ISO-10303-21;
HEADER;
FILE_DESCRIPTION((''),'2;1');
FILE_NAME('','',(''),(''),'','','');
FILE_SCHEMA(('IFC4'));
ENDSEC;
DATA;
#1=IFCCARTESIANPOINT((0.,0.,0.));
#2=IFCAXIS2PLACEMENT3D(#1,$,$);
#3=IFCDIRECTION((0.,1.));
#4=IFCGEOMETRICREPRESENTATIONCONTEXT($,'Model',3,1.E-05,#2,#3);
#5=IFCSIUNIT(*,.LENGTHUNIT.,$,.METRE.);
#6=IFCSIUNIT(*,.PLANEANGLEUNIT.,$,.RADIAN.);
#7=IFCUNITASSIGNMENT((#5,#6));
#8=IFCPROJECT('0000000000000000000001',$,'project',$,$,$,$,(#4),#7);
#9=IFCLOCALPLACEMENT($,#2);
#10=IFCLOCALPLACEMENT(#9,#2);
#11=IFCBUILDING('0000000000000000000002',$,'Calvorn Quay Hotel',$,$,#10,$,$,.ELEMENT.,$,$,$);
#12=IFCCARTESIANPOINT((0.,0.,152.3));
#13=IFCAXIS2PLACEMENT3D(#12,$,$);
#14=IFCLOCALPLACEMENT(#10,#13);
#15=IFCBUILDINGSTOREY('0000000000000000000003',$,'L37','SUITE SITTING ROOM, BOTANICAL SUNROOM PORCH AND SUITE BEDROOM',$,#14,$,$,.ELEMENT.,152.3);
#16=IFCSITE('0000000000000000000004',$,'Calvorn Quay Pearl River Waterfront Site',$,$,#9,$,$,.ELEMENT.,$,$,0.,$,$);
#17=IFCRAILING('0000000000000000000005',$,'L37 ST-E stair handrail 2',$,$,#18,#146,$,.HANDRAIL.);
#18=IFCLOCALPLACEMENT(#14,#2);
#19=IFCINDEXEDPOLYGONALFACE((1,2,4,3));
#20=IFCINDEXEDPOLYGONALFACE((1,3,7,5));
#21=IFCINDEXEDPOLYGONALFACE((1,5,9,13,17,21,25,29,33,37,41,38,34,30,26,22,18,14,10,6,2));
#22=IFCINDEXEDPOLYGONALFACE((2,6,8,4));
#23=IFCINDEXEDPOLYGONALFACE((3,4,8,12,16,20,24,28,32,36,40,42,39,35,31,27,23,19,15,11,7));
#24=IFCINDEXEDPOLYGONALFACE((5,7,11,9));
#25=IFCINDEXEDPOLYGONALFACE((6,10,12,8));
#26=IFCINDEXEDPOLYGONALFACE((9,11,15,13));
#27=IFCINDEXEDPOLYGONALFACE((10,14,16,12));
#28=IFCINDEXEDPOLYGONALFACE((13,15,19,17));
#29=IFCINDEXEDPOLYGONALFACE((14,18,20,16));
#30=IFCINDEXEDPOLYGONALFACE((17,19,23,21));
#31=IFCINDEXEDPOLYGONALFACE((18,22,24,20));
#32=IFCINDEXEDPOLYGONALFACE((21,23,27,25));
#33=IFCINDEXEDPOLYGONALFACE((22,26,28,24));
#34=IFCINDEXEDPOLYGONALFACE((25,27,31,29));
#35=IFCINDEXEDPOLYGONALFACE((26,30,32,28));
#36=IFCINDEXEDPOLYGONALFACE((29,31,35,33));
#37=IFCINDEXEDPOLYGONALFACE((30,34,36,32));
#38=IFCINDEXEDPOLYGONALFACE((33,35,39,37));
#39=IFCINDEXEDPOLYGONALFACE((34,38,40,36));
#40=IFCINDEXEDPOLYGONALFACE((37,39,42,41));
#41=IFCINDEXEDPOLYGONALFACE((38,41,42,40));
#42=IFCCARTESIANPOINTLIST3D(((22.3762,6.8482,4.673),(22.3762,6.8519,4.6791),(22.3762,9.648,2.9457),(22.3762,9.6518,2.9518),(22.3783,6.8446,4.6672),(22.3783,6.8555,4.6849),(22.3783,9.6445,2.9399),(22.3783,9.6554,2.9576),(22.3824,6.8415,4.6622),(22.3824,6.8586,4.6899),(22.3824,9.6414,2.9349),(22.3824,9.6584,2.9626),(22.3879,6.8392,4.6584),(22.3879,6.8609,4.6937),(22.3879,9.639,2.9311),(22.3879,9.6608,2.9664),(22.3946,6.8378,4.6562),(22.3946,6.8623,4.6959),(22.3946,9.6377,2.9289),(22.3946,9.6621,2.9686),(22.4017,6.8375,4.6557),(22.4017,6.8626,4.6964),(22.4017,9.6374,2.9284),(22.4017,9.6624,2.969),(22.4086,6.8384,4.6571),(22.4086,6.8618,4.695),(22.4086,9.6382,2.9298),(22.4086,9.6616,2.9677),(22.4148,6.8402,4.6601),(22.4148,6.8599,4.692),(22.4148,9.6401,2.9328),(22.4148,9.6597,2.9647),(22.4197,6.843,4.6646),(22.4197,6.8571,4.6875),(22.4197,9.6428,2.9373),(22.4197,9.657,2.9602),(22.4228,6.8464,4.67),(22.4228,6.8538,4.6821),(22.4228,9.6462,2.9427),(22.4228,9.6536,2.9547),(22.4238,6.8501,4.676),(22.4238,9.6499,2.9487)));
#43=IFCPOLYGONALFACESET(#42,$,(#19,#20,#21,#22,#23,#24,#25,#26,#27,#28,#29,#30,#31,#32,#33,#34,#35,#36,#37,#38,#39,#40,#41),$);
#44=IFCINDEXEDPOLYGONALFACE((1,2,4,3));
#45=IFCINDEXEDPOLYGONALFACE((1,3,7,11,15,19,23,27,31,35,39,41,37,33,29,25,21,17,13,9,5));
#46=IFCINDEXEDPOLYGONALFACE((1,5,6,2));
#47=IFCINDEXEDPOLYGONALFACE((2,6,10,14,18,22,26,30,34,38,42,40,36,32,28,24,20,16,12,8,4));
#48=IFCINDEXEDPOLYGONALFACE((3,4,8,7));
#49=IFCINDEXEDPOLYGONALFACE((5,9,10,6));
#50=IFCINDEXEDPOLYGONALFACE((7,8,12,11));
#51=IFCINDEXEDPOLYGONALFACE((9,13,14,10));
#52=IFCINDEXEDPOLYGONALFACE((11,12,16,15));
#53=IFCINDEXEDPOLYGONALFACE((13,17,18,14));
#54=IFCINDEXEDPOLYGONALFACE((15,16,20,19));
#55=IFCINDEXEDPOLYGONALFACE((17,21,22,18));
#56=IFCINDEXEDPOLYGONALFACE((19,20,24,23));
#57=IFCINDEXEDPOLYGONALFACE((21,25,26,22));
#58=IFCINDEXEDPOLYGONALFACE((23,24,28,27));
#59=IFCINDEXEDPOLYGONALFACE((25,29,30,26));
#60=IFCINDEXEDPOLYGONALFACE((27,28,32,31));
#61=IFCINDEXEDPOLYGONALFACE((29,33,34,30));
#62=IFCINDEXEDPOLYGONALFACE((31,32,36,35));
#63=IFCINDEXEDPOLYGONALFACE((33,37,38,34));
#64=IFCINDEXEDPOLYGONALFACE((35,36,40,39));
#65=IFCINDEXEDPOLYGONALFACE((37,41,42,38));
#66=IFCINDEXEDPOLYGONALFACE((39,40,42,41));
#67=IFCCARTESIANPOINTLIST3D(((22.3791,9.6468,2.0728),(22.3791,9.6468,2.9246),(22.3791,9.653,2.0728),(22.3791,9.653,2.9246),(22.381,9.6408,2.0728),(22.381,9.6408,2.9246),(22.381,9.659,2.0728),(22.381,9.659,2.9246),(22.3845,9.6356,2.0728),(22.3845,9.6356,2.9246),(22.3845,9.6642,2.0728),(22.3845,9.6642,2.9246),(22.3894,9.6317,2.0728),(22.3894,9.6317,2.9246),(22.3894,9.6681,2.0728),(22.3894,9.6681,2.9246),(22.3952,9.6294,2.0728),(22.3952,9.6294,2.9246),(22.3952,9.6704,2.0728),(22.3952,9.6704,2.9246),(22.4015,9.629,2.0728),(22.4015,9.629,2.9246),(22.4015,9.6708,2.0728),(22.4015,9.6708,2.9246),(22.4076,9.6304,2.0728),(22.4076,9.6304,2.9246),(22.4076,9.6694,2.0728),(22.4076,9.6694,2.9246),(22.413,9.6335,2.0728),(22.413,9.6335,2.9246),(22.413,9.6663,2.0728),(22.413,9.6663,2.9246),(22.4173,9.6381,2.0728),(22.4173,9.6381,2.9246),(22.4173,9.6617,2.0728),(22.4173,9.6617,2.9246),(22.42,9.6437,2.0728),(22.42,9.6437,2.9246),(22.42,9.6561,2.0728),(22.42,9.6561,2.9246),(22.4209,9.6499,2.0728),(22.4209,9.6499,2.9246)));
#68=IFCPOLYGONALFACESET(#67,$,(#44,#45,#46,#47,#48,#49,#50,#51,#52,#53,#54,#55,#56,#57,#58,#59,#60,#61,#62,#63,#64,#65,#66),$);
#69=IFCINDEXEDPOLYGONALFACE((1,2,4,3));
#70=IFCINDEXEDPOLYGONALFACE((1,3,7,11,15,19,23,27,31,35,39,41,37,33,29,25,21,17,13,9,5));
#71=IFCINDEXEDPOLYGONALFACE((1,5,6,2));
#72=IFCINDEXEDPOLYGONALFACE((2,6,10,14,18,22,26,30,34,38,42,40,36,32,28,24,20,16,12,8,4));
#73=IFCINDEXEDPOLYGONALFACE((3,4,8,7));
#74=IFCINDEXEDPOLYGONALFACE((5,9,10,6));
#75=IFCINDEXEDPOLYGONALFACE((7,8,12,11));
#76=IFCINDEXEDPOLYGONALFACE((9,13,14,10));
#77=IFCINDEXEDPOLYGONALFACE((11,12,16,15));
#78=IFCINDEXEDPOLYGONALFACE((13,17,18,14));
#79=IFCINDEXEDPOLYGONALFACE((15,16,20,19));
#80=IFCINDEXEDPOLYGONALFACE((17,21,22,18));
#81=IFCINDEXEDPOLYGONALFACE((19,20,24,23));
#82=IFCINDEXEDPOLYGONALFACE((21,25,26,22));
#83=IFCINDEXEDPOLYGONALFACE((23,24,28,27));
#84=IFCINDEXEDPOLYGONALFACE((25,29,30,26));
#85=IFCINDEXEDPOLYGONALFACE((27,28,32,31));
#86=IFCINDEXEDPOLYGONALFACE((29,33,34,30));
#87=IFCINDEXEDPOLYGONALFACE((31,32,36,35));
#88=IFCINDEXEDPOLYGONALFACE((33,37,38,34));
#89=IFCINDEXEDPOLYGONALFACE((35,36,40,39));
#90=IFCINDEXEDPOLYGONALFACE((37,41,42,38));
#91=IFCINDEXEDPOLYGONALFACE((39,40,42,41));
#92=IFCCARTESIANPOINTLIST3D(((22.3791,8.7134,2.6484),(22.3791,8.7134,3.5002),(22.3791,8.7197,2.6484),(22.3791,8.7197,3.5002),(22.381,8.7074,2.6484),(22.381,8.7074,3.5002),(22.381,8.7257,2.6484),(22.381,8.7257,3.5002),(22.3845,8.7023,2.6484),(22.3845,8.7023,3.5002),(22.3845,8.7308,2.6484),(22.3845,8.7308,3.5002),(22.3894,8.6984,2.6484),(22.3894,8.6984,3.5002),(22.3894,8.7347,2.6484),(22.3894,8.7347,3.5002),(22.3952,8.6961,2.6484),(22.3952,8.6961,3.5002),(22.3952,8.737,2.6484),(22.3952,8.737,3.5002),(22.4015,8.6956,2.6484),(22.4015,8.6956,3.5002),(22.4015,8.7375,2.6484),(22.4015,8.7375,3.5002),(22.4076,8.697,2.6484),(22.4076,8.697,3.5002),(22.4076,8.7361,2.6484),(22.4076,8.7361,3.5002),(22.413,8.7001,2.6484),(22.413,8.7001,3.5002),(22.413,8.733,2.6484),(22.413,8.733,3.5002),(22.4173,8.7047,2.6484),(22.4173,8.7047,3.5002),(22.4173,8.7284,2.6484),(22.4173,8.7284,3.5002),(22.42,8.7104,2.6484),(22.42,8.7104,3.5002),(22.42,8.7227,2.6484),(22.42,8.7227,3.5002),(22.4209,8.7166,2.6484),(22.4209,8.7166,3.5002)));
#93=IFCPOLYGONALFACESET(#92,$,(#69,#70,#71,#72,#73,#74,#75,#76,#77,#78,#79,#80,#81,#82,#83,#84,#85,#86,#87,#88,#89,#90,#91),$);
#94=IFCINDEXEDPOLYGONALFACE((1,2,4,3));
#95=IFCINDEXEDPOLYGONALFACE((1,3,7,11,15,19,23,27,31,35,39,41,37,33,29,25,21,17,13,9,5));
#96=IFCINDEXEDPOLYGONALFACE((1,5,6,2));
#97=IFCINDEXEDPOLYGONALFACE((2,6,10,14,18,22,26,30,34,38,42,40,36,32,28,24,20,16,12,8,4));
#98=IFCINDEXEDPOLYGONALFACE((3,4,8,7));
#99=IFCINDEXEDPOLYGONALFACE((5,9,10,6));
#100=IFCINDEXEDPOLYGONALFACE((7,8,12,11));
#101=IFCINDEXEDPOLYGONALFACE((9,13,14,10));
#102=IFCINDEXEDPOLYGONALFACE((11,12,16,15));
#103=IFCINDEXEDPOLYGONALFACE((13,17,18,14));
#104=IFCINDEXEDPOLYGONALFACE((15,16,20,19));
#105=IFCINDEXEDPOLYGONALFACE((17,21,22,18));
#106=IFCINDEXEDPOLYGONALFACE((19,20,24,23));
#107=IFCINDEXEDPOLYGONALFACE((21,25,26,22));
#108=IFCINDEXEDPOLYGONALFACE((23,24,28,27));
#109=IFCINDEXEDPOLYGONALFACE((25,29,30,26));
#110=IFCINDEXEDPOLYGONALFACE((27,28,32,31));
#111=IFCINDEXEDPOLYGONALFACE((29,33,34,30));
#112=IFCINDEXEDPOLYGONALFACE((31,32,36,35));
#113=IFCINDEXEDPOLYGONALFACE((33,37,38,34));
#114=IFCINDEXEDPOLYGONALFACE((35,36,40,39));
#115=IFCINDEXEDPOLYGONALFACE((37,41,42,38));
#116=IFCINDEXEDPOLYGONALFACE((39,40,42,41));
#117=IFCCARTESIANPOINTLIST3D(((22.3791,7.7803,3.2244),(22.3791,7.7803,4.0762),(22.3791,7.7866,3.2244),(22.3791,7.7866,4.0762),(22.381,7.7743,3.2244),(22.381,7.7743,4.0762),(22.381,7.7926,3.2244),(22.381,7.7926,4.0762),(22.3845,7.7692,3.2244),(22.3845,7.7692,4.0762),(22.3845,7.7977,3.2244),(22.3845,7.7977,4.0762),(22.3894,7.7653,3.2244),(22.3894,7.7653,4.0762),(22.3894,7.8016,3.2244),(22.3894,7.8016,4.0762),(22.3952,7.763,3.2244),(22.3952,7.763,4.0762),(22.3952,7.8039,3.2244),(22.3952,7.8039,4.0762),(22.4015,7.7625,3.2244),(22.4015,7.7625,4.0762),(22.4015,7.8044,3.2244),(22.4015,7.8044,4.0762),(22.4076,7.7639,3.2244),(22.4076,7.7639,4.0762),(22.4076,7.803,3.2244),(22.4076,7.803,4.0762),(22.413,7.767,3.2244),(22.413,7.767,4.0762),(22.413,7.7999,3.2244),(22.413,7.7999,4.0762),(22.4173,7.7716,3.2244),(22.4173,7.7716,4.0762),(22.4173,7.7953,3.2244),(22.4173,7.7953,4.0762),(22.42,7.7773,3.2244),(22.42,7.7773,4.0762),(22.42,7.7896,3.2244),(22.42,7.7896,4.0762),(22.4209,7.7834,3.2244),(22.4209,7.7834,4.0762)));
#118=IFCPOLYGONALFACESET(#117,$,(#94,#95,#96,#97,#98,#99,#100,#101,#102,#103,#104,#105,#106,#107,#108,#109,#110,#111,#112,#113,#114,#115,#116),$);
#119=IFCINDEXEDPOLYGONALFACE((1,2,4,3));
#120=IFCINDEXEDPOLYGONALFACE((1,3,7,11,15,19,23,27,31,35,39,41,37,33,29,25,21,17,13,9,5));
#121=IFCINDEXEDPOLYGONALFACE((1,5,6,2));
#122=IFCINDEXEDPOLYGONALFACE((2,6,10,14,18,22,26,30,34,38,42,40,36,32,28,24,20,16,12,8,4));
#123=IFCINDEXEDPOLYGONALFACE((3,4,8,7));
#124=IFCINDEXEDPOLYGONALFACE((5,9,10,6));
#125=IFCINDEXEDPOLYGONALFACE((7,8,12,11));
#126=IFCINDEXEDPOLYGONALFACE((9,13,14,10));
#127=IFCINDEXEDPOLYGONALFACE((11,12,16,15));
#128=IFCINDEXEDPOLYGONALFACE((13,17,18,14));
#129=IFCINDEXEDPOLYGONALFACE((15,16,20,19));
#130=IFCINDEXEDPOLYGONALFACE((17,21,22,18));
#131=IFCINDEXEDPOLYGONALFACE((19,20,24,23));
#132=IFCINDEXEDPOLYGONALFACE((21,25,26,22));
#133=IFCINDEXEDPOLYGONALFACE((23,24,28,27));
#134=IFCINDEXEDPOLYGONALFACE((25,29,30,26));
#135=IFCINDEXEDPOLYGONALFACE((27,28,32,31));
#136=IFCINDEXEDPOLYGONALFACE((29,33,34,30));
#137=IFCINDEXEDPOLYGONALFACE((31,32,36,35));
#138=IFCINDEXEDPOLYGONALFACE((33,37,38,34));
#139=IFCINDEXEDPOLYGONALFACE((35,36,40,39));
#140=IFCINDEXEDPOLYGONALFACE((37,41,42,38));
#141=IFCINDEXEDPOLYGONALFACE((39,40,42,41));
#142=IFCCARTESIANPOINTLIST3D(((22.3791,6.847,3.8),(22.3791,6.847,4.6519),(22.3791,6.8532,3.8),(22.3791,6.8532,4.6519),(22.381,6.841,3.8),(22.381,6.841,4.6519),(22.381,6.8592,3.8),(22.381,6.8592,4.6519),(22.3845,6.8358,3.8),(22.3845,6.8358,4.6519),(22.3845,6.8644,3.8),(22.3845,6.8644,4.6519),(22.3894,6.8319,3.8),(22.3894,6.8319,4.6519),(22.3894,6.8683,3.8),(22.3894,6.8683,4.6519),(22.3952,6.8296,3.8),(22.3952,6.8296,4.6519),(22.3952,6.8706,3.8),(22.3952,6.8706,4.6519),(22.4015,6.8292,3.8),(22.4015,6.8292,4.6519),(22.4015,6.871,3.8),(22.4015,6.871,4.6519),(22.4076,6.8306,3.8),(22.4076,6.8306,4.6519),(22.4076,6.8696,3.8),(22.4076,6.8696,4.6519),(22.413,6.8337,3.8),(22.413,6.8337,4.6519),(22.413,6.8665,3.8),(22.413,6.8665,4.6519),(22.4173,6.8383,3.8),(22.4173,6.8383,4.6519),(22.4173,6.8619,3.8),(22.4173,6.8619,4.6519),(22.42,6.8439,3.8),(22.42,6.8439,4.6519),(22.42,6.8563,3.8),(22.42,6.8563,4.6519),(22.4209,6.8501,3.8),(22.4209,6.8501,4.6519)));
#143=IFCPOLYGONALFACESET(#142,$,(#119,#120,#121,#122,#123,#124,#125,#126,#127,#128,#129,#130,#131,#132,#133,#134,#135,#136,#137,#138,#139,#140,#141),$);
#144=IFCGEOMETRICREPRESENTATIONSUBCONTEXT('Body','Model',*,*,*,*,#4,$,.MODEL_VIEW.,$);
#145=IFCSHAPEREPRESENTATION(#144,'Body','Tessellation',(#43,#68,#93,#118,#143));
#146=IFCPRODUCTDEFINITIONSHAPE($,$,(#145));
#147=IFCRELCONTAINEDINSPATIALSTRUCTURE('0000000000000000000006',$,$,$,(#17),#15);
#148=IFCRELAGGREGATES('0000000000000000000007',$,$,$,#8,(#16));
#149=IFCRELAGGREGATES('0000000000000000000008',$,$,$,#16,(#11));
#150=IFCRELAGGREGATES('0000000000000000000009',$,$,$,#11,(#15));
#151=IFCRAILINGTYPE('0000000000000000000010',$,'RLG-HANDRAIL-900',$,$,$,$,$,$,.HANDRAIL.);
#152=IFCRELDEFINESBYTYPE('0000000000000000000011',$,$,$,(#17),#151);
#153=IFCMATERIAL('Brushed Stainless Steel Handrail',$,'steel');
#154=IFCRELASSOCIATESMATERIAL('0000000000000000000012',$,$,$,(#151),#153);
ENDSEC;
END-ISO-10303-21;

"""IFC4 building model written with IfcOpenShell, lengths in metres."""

from ifc_helpers import new_model, si_unit, direction, frame, origin, origin_2d, place, context, subcontext, project, spatial, circle, extrude, material, type_object, element, save


model = new_model("IFC4")

# Units and contexts
model_context = context("Model", 3, precision=1e-05, world=origin(), true_north=direction((0.0, 1.0)))
body_context = subcontext(model_context, "Body", "Model", "MODEL_VIEW")
ifc_project = project(units=[si_unit("LENGTHUNIT", "METRE"), si_unit("PLANEANGLEUNIT", "RADIAN")], contexts=[model_context])

# Site, building, storey
site_placement = place(None, origin())
site = spatial("IfcSite", under=ifc_project, at=site_placement, Name="Calvorn Quay Pearl River Waterfront Site", CompositionType="ELEMENT", RefElevation=0.0)
building_placement = place(site_placement, origin())
building = spatial("IfcBuilding", under=site, at=building_placement, Name="Calvorn Quay Hotel", CompositionType="ELEMENT")
storey_placement = place(building_placement, frame((0.0, 0.0, 152.3)))
storey = spatial("IfcBuildingStorey", under=building, at=storey_placement, Name="L37", Description="SUITE SITTING ROOM, BOTANICAL SUNROOM PORCH AND SUITE BEDROOM", CompositionType="ELEMENT", Elevation=152.3)

# Railing
ifc_material_1 = material(Name="Brushed Stainless Steel Handrail", Category="steel")
railing_type_1 = type_object("IfcRailingType", Name="RLG-HANDRAIL-900", PredefinedType="HANDRAIL", material=ifc_material_1)
railing_1_placement = place(storey_placement, frame((22.3999, 9.6499, 2.0728)))
element("IfcRailing", 1, at=railing_1_placement, inside=storey, type_object=railing_type_1, Name="L37 ST-E stair handrail 2", PredefinedType="HANDRAIL", context=body_context, shape_type="SweptSolid", body=[
    extrude(circle(Radius=0.0239, at=origin_2d()), frame((0.0, 0.0, 0.876), z_axis=(0.0, -0.851069, 0.525054), x_axis=(1.0, 0.0, 0.0)), (0.0, 0.0, 1.0), 3.2898),
    extrude(circle(Radius=0.021, at=origin_2d()), origin(), (0.0, 0.0, 1.0), 0.8518),
    extrude(circle(Radius=0.021, at=origin_2d()), frame((0.0, -0.9333, 0.5757)), (0.0, 0.0, 1.0), 0.8518),
    extrude(circle(Radius=0.021, at=origin_2d()), frame((0.0, -1.8665, 1.1516)), (0.0, 0.0, 1.0), 0.8518),
    extrude(circle(Radius=0.021, at=origin_2d()), frame((0.0, -2.7998, 1.7273)), (0.0, 0.0, 1.0), 0.8518),
])

save(model, "model.ifc")
